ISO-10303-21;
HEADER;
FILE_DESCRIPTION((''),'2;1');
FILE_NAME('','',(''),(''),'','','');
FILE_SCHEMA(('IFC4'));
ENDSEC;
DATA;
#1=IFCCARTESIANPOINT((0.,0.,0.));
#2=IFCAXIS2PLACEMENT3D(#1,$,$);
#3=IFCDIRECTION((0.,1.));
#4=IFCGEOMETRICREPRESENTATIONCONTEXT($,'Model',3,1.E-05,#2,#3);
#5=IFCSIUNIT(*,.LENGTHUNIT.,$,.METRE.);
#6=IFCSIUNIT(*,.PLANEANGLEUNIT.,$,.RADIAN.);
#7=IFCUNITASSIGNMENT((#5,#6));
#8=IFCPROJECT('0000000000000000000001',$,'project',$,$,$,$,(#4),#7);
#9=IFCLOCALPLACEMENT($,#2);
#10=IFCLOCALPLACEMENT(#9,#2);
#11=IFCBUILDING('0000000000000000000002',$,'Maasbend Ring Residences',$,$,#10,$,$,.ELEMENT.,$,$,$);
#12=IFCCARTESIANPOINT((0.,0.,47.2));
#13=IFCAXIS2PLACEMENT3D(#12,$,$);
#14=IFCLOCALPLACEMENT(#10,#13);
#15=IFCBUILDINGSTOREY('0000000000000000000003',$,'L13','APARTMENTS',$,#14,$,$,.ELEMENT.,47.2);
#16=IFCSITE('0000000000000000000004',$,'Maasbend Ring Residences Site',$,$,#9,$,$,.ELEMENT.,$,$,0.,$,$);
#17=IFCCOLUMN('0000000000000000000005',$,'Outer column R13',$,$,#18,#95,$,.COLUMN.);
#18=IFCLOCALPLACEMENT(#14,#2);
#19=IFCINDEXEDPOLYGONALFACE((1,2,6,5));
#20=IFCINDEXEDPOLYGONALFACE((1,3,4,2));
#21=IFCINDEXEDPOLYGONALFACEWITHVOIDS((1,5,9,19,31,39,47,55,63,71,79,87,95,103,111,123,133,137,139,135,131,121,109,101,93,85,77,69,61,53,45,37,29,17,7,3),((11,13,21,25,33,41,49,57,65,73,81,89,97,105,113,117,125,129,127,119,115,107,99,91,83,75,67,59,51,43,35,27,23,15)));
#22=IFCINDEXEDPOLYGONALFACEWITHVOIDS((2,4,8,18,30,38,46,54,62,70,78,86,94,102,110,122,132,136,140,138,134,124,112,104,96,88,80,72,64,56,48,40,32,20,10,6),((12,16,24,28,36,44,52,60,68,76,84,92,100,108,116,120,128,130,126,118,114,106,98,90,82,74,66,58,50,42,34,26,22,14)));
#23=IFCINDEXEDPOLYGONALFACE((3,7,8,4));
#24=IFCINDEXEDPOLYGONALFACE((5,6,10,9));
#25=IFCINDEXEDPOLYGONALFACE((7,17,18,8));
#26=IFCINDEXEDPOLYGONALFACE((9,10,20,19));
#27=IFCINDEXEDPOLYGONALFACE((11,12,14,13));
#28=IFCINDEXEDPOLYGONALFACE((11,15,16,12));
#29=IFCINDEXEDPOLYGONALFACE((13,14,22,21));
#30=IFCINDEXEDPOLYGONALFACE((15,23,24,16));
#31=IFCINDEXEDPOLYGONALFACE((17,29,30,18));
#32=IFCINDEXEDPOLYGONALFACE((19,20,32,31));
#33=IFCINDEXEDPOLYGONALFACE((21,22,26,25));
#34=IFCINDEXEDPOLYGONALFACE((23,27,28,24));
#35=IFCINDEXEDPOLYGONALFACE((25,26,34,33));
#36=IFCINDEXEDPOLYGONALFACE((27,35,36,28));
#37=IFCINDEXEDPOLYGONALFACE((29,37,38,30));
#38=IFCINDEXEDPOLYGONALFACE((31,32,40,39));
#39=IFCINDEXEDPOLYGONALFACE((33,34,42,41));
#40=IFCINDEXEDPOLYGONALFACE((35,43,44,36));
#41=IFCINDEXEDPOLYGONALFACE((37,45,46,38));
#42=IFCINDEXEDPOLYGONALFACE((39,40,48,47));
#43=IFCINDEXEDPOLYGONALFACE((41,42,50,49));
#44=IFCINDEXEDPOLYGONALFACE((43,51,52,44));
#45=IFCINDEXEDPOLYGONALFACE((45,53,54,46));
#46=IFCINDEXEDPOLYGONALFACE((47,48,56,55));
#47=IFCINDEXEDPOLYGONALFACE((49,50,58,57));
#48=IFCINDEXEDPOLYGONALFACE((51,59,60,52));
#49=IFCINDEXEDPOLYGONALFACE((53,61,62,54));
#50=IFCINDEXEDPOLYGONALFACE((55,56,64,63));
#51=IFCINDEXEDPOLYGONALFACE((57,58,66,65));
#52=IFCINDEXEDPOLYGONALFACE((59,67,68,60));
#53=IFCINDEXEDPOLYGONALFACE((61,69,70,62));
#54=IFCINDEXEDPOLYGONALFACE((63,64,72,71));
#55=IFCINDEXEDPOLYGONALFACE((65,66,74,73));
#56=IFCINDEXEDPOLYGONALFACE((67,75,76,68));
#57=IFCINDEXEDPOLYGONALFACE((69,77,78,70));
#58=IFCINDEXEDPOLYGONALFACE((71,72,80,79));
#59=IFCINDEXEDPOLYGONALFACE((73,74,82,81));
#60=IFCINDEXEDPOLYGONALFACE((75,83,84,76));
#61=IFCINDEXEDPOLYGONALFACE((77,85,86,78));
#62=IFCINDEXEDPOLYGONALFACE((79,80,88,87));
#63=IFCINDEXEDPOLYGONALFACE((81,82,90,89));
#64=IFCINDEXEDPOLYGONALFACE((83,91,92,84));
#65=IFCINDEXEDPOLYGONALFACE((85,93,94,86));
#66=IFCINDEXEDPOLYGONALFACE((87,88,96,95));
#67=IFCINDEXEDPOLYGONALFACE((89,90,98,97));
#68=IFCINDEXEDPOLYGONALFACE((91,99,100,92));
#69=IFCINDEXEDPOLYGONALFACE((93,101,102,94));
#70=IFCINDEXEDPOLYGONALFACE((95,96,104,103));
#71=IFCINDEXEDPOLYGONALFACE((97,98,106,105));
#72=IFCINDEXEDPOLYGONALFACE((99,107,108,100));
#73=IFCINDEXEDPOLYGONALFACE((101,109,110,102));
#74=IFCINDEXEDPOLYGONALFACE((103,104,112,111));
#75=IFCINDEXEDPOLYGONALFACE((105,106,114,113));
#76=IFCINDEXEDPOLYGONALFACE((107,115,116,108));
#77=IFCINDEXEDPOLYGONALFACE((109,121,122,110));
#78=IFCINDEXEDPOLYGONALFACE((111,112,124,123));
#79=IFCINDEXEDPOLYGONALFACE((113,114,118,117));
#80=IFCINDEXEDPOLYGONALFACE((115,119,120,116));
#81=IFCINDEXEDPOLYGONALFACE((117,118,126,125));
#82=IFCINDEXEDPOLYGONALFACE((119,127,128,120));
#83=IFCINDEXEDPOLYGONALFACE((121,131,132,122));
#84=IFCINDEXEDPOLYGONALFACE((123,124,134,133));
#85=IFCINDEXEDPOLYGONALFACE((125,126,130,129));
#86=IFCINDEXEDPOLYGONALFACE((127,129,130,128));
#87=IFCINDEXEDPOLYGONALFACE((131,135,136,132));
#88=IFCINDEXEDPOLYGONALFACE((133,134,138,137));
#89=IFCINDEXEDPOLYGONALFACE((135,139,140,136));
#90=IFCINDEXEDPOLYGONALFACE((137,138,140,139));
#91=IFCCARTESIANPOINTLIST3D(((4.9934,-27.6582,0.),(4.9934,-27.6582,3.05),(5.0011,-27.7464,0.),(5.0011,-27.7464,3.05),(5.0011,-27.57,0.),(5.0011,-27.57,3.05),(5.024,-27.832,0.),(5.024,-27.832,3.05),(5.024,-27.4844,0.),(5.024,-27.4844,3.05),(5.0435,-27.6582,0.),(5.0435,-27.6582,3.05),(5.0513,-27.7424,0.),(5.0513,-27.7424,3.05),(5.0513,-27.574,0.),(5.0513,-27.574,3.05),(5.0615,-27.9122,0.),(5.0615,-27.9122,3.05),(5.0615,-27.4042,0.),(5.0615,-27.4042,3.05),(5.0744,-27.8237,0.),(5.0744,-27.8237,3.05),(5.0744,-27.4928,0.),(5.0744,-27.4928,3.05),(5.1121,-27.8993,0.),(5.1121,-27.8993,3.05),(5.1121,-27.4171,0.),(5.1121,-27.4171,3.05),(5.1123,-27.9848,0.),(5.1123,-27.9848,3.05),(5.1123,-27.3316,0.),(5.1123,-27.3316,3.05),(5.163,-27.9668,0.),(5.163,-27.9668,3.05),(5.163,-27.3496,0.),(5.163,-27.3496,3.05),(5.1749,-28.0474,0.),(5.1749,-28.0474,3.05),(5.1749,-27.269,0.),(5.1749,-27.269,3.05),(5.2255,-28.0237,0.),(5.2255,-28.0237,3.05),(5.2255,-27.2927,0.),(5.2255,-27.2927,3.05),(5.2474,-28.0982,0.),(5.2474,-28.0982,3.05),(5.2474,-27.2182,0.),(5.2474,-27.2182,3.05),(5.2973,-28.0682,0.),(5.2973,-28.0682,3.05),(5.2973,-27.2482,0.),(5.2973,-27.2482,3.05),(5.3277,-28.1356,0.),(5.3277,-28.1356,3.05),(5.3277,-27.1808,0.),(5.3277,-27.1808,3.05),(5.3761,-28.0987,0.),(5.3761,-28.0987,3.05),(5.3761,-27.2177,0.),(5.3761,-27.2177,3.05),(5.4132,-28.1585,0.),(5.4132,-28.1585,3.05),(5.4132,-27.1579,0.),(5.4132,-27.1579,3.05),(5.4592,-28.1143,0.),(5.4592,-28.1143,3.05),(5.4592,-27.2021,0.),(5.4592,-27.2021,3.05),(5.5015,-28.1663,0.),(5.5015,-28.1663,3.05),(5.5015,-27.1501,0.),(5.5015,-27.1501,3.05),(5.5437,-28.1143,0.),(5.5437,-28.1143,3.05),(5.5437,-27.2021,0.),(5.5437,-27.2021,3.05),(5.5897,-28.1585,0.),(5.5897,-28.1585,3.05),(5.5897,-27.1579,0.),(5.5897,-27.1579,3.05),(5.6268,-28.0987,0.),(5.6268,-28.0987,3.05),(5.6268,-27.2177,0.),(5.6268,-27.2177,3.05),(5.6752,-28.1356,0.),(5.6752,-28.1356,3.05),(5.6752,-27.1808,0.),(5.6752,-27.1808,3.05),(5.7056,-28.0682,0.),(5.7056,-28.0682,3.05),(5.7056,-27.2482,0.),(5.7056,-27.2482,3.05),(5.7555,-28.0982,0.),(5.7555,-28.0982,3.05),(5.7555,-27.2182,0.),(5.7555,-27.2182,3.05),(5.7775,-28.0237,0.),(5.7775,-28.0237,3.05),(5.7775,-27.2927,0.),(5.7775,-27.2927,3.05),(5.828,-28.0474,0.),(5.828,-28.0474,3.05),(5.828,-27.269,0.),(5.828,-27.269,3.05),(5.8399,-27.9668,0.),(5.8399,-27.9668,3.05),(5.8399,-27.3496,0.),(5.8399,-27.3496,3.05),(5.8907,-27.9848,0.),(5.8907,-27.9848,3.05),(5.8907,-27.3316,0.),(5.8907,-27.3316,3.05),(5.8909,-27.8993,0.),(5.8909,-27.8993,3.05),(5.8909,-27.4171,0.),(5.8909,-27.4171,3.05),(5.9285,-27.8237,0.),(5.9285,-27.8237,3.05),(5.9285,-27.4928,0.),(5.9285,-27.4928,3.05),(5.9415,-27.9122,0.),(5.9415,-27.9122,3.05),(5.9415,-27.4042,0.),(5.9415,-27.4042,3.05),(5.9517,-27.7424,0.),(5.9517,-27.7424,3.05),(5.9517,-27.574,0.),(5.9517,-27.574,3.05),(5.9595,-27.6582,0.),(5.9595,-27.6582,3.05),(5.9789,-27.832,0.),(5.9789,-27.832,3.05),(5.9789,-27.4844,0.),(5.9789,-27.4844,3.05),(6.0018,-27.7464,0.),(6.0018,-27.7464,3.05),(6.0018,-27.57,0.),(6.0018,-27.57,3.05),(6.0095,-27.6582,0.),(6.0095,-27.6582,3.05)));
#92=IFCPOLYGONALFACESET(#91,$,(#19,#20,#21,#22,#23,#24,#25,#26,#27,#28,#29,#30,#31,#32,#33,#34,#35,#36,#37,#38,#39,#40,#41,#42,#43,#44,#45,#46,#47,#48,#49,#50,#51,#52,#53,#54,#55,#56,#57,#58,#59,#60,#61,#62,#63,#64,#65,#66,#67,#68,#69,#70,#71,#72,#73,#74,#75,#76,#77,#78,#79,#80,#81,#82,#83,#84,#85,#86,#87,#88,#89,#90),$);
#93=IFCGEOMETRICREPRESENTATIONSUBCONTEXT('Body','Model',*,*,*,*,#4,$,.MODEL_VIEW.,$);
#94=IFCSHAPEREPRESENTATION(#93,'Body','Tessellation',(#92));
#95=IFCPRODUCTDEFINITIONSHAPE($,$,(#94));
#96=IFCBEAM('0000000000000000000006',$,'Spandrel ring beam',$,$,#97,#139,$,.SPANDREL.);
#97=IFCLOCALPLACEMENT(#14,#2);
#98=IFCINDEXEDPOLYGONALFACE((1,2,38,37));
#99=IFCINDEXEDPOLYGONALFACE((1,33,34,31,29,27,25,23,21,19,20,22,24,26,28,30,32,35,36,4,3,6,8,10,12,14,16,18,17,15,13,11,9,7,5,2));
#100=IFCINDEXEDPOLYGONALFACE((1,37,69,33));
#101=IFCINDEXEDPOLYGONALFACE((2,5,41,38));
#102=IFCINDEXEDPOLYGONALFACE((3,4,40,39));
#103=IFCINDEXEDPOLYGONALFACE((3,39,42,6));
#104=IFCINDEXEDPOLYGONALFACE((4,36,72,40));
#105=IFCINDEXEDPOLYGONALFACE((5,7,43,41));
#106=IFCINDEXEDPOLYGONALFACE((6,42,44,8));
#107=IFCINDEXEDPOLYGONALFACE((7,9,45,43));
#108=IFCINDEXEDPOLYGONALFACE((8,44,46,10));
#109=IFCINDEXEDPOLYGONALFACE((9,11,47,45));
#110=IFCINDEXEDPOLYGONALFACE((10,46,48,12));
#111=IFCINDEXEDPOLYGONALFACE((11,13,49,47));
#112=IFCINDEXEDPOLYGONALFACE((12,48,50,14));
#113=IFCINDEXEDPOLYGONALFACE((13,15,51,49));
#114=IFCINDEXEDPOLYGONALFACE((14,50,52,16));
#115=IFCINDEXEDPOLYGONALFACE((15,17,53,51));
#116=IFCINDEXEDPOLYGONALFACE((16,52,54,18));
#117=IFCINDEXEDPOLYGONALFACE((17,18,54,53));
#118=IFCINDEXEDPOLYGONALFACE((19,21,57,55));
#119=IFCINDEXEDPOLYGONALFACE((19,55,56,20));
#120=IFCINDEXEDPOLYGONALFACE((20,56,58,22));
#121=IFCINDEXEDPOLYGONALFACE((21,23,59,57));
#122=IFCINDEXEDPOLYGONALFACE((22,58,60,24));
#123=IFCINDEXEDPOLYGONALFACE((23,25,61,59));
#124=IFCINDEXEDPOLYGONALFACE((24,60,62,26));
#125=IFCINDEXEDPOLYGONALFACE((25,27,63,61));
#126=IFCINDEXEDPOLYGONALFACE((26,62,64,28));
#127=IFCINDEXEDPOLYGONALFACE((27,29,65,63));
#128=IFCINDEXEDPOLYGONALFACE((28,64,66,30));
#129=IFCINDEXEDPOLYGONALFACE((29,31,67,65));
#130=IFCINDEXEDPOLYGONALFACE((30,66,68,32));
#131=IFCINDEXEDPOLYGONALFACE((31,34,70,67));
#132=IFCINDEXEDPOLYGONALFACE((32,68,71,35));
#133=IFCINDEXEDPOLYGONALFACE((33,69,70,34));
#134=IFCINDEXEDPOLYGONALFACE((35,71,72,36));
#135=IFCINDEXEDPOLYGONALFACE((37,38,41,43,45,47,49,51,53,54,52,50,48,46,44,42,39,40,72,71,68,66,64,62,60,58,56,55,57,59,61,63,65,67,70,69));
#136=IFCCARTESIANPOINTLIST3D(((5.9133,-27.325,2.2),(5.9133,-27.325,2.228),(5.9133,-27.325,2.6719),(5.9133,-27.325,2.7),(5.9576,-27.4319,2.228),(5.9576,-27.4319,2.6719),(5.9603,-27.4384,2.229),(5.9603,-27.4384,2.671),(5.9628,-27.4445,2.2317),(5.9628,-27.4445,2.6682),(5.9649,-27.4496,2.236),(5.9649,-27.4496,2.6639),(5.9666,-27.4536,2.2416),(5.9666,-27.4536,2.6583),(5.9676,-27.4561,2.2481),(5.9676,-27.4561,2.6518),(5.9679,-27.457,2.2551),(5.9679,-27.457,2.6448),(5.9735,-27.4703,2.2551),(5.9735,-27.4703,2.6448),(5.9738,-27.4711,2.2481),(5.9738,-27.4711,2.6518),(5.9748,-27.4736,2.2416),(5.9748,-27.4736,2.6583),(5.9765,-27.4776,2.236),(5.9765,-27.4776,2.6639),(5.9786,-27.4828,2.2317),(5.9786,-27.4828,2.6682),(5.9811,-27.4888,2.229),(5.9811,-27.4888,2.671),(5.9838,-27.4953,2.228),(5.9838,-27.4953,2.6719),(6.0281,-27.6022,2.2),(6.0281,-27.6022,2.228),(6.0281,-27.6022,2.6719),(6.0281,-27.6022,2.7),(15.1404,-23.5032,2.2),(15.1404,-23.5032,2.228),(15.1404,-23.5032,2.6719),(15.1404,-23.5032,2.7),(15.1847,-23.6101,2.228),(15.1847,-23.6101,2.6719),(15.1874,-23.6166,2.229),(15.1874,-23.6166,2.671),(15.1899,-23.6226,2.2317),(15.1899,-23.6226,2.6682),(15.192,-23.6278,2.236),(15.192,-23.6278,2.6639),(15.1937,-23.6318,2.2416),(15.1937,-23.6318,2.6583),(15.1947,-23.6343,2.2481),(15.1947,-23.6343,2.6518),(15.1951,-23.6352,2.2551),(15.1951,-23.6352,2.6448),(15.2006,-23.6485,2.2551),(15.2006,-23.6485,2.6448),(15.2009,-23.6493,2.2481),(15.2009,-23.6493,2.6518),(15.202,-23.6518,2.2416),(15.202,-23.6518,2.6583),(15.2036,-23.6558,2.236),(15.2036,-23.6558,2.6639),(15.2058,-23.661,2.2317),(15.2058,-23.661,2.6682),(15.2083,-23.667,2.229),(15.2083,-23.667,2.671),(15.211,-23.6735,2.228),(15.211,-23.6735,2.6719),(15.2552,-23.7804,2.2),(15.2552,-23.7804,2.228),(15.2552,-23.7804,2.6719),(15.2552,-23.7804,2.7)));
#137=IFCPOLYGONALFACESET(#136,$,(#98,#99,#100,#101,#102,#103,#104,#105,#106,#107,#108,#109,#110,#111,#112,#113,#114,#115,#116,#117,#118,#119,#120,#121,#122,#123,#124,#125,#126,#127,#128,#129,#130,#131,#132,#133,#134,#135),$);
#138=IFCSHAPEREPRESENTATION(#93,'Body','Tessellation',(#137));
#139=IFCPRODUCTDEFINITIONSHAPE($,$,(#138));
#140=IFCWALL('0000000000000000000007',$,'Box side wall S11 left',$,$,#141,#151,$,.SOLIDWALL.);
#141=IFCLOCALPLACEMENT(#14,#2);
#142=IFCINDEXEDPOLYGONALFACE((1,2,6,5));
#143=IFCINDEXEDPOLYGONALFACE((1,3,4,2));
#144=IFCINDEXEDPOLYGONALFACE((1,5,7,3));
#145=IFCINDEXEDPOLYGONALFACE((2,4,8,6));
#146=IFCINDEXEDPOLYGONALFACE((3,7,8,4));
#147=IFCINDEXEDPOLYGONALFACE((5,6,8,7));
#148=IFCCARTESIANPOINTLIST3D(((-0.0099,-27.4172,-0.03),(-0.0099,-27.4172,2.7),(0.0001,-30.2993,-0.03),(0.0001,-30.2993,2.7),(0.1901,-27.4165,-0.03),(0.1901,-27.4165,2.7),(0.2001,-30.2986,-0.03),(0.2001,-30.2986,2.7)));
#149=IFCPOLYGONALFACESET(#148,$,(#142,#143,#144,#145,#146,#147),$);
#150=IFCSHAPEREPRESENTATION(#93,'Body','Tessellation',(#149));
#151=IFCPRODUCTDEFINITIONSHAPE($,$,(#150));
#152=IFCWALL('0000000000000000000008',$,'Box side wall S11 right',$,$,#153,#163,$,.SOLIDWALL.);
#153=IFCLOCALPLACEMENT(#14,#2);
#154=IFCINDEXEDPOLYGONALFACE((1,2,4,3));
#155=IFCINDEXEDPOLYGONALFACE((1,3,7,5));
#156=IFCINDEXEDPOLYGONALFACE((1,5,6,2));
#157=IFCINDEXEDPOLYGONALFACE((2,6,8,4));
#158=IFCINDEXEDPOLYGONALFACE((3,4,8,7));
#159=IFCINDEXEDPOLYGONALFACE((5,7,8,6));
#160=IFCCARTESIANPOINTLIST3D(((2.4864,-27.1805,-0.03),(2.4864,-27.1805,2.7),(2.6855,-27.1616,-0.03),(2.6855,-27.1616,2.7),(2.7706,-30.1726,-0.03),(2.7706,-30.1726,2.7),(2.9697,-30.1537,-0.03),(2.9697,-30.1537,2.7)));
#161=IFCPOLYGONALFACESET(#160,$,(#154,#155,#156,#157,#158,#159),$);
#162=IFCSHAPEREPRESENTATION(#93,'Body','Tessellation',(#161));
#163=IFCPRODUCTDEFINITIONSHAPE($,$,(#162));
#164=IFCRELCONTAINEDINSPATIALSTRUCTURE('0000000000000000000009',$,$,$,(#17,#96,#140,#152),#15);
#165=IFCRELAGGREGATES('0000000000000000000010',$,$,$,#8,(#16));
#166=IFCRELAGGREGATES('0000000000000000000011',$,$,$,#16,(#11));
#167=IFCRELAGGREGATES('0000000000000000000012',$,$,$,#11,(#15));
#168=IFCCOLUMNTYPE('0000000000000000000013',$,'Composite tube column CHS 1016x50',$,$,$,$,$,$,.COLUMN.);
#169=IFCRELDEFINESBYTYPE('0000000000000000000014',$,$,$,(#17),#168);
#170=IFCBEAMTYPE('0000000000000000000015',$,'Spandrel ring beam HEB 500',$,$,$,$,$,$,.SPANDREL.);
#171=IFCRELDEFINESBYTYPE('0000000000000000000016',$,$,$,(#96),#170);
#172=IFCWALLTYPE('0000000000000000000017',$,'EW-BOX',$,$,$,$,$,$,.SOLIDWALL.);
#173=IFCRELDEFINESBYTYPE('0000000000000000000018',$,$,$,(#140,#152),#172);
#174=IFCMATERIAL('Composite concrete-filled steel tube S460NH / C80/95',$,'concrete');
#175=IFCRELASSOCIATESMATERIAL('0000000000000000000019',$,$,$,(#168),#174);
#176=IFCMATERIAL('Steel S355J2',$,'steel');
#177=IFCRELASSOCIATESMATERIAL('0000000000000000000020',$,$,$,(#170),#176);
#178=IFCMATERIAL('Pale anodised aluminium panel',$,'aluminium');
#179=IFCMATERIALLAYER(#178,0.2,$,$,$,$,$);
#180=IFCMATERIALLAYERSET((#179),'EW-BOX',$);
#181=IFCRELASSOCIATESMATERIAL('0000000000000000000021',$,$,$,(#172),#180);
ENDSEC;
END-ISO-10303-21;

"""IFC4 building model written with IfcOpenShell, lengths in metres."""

from ifc_helpers import new_model, si_unit, direction, frame, frame_2d, origin, origin_2d, place, context, subcontext, project, spatial, rectangle, hollow_circle, i_section, extrude, material, layer, layer_set, material_profile, profile_set, type_object, element, save


model = new_model("IFC4")

# Units and contexts
model_context = context("Model", 3, precision=1e-05, world=origin(), true_north=direction((0.0, 1.0)))
body_context = subcontext(model_context, "Body", "Model", "MODEL_VIEW")
ifc_project = project(units=[si_unit("LENGTHUNIT", "METRE"), si_unit("PLANEANGLEUNIT", "RADIAN")], contexts=[model_context])

# Site, building, storey
site_placement = place(None, origin())
site = spatial("IfcSite", under=ifc_project, at=site_placement, Name="Maasbend Ring Residences Site", CompositionType="ELEMENT", RefElevation=0.0)
building_placement = place(site_placement, origin())
building = spatial("IfcBuilding", under=site, at=building_placement, Name="Maasbend Ring Residences", CompositionType="ELEMENT")
storey_placement = place(building_placement, frame((0.0, 0.0, 47.2)))
storey = spatial("IfcBuildingStorey", under=building, at=storey_placement, Name="L13", Description="APARTMENTS", CompositionType="ELEMENT", Elevation=47.2)

# Column
ifc_material_1 = material(Name="Composite concrete-filled steel tube S460NH / C80/95", Category="concrete")
ifc_material_profile_1 = material_profile(ifc_material_1, hollow_circle(Radius=0.5081, WallThickness=0.05, at=origin_2d()), Name="Composite tube column CHS 1016x50")
ifc_profile_set_1 = profile_set([ifc_material_profile_1], Name="Composite concrete-filled steel tube S460NH / C80/95")
column_type = type_object("IfcColumnType", Name="Composite tube column CHS 1016x50", PredefinedType="COLUMN", material=ifc_profile_set_1)
column_placement = place(storey_placement, frame((5.5015, -27.6582, 0.0), z_axis=(0.0, 0.0, 1.0), x_axis=(1.0, 0.0, 0.0)))
element("IfcColumn", 1, at=column_placement, inside=storey, type_object=column_type, Name="Outer column R13", PredefinedType="COLUMN", context=body_context, shape_type="SweptSolid", body=[
    extrude(hollow_circle(Radius=0.5081, WallThickness=0.05, at=origin_2d()), origin(), (0.0, 0.0, 1.0), 3.05),
])

# Beam
ifc_material_2 = material(Name="Steel S355J2", Category="steel")
ifc_material_profile_2 = material_profile(ifc_material_2, i_section(OverallWidth=0.3, OverallDepth=0.5, WebThickness=0.0144, FlangeThickness=0.0281, FilletRadius=0.0271, at=origin_2d()), Name="HEB 500")
ifc_profile_set_2 = profile_set([ifc_material_profile_2], Name="Steel S355J2")
beam_type = type_object("IfcBeamType", Name="Spandrel ring beam HEB 500", PredefinedType="SPANDREL", material=ifc_profile_set_2)
beam_placement = place(storey_placement, frame((5.9707, -27.4636, 2.45), z_axis=(0.923886, 0.382667, 0.0), x_axis=(-0.382667, 0.923886, 0.0)))
element("IfcBeam", 2, at=beam_placement, inside=storey, type_object=beam_type, Name="Spandrel ring beam", PredefinedType="SPANDREL", context=body_context, shape_type="SweptSolid", body=[
    extrude(i_section(OverallWidth=0.3, OverallDepth=0.5, WebThickness=0.0144, FlangeThickness=0.0281, FilletRadius=0.0271, at=origin_2d()), origin(), (0.0, 0.0, 1.0), 9.9873),
])

# Walls
ifc_material_3 = material(Name="Pale anodised aluminium panel", Category="aluminium")
ifc_layer_1 = layer(ifc_material_3, 0.2)
ifc_layer_set_1 = layer_set([ifc_layer_1], Name="EW-BOX")
wall_type_1 = type_object("IfcWallType", Name="EW-BOX", PredefinedType="SOLIDWALL", material=ifc_layer_set_1)
wall_1_placement = place(storey_placement, frame((0.0901, -27.417, -0.03), z_axis=(0.0, 0.0, 1.0), x_axis=(0.003473, -0.999994, 0.0)))
element("IfcWall", 3, at=wall_1_placement, inside=storey, type_object=wall_type_1, Name="Box side wall S11 left", PredefinedType="SOLIDWALL", context=body_context, shape_type="SweptSolid", body=[
    extrude(rectangle(XDim=2.8821, YDim=0.2, at=frame_2d((1.4409, 0.0))), origin(), (0.0, 0.0, 1.0), 2.73),
])
wall_2_placement = place(storey_placement, frame((2.5859, -27.1709, -0.03), z_axis=(0.0, 0.0, 1.0), x_axis=(0.094548, -0.99552, 0.0)))
element("IfcWall", 4, at=wall_2_placement, inside=storey, type_object=wall_type_1, Name="Box side wall S11 right", PredefinedType="SOLIDWALL", context=body_context, shape_type="SweptSolid", body=[
    extrude(rectangle(XDim=3.0056, YDim=0.2, at=frame_2d((1.5029, 0.0))), origin(), (0.0, 0.0, 1.0), 2.73),
])

save(model, "model.ifc")
